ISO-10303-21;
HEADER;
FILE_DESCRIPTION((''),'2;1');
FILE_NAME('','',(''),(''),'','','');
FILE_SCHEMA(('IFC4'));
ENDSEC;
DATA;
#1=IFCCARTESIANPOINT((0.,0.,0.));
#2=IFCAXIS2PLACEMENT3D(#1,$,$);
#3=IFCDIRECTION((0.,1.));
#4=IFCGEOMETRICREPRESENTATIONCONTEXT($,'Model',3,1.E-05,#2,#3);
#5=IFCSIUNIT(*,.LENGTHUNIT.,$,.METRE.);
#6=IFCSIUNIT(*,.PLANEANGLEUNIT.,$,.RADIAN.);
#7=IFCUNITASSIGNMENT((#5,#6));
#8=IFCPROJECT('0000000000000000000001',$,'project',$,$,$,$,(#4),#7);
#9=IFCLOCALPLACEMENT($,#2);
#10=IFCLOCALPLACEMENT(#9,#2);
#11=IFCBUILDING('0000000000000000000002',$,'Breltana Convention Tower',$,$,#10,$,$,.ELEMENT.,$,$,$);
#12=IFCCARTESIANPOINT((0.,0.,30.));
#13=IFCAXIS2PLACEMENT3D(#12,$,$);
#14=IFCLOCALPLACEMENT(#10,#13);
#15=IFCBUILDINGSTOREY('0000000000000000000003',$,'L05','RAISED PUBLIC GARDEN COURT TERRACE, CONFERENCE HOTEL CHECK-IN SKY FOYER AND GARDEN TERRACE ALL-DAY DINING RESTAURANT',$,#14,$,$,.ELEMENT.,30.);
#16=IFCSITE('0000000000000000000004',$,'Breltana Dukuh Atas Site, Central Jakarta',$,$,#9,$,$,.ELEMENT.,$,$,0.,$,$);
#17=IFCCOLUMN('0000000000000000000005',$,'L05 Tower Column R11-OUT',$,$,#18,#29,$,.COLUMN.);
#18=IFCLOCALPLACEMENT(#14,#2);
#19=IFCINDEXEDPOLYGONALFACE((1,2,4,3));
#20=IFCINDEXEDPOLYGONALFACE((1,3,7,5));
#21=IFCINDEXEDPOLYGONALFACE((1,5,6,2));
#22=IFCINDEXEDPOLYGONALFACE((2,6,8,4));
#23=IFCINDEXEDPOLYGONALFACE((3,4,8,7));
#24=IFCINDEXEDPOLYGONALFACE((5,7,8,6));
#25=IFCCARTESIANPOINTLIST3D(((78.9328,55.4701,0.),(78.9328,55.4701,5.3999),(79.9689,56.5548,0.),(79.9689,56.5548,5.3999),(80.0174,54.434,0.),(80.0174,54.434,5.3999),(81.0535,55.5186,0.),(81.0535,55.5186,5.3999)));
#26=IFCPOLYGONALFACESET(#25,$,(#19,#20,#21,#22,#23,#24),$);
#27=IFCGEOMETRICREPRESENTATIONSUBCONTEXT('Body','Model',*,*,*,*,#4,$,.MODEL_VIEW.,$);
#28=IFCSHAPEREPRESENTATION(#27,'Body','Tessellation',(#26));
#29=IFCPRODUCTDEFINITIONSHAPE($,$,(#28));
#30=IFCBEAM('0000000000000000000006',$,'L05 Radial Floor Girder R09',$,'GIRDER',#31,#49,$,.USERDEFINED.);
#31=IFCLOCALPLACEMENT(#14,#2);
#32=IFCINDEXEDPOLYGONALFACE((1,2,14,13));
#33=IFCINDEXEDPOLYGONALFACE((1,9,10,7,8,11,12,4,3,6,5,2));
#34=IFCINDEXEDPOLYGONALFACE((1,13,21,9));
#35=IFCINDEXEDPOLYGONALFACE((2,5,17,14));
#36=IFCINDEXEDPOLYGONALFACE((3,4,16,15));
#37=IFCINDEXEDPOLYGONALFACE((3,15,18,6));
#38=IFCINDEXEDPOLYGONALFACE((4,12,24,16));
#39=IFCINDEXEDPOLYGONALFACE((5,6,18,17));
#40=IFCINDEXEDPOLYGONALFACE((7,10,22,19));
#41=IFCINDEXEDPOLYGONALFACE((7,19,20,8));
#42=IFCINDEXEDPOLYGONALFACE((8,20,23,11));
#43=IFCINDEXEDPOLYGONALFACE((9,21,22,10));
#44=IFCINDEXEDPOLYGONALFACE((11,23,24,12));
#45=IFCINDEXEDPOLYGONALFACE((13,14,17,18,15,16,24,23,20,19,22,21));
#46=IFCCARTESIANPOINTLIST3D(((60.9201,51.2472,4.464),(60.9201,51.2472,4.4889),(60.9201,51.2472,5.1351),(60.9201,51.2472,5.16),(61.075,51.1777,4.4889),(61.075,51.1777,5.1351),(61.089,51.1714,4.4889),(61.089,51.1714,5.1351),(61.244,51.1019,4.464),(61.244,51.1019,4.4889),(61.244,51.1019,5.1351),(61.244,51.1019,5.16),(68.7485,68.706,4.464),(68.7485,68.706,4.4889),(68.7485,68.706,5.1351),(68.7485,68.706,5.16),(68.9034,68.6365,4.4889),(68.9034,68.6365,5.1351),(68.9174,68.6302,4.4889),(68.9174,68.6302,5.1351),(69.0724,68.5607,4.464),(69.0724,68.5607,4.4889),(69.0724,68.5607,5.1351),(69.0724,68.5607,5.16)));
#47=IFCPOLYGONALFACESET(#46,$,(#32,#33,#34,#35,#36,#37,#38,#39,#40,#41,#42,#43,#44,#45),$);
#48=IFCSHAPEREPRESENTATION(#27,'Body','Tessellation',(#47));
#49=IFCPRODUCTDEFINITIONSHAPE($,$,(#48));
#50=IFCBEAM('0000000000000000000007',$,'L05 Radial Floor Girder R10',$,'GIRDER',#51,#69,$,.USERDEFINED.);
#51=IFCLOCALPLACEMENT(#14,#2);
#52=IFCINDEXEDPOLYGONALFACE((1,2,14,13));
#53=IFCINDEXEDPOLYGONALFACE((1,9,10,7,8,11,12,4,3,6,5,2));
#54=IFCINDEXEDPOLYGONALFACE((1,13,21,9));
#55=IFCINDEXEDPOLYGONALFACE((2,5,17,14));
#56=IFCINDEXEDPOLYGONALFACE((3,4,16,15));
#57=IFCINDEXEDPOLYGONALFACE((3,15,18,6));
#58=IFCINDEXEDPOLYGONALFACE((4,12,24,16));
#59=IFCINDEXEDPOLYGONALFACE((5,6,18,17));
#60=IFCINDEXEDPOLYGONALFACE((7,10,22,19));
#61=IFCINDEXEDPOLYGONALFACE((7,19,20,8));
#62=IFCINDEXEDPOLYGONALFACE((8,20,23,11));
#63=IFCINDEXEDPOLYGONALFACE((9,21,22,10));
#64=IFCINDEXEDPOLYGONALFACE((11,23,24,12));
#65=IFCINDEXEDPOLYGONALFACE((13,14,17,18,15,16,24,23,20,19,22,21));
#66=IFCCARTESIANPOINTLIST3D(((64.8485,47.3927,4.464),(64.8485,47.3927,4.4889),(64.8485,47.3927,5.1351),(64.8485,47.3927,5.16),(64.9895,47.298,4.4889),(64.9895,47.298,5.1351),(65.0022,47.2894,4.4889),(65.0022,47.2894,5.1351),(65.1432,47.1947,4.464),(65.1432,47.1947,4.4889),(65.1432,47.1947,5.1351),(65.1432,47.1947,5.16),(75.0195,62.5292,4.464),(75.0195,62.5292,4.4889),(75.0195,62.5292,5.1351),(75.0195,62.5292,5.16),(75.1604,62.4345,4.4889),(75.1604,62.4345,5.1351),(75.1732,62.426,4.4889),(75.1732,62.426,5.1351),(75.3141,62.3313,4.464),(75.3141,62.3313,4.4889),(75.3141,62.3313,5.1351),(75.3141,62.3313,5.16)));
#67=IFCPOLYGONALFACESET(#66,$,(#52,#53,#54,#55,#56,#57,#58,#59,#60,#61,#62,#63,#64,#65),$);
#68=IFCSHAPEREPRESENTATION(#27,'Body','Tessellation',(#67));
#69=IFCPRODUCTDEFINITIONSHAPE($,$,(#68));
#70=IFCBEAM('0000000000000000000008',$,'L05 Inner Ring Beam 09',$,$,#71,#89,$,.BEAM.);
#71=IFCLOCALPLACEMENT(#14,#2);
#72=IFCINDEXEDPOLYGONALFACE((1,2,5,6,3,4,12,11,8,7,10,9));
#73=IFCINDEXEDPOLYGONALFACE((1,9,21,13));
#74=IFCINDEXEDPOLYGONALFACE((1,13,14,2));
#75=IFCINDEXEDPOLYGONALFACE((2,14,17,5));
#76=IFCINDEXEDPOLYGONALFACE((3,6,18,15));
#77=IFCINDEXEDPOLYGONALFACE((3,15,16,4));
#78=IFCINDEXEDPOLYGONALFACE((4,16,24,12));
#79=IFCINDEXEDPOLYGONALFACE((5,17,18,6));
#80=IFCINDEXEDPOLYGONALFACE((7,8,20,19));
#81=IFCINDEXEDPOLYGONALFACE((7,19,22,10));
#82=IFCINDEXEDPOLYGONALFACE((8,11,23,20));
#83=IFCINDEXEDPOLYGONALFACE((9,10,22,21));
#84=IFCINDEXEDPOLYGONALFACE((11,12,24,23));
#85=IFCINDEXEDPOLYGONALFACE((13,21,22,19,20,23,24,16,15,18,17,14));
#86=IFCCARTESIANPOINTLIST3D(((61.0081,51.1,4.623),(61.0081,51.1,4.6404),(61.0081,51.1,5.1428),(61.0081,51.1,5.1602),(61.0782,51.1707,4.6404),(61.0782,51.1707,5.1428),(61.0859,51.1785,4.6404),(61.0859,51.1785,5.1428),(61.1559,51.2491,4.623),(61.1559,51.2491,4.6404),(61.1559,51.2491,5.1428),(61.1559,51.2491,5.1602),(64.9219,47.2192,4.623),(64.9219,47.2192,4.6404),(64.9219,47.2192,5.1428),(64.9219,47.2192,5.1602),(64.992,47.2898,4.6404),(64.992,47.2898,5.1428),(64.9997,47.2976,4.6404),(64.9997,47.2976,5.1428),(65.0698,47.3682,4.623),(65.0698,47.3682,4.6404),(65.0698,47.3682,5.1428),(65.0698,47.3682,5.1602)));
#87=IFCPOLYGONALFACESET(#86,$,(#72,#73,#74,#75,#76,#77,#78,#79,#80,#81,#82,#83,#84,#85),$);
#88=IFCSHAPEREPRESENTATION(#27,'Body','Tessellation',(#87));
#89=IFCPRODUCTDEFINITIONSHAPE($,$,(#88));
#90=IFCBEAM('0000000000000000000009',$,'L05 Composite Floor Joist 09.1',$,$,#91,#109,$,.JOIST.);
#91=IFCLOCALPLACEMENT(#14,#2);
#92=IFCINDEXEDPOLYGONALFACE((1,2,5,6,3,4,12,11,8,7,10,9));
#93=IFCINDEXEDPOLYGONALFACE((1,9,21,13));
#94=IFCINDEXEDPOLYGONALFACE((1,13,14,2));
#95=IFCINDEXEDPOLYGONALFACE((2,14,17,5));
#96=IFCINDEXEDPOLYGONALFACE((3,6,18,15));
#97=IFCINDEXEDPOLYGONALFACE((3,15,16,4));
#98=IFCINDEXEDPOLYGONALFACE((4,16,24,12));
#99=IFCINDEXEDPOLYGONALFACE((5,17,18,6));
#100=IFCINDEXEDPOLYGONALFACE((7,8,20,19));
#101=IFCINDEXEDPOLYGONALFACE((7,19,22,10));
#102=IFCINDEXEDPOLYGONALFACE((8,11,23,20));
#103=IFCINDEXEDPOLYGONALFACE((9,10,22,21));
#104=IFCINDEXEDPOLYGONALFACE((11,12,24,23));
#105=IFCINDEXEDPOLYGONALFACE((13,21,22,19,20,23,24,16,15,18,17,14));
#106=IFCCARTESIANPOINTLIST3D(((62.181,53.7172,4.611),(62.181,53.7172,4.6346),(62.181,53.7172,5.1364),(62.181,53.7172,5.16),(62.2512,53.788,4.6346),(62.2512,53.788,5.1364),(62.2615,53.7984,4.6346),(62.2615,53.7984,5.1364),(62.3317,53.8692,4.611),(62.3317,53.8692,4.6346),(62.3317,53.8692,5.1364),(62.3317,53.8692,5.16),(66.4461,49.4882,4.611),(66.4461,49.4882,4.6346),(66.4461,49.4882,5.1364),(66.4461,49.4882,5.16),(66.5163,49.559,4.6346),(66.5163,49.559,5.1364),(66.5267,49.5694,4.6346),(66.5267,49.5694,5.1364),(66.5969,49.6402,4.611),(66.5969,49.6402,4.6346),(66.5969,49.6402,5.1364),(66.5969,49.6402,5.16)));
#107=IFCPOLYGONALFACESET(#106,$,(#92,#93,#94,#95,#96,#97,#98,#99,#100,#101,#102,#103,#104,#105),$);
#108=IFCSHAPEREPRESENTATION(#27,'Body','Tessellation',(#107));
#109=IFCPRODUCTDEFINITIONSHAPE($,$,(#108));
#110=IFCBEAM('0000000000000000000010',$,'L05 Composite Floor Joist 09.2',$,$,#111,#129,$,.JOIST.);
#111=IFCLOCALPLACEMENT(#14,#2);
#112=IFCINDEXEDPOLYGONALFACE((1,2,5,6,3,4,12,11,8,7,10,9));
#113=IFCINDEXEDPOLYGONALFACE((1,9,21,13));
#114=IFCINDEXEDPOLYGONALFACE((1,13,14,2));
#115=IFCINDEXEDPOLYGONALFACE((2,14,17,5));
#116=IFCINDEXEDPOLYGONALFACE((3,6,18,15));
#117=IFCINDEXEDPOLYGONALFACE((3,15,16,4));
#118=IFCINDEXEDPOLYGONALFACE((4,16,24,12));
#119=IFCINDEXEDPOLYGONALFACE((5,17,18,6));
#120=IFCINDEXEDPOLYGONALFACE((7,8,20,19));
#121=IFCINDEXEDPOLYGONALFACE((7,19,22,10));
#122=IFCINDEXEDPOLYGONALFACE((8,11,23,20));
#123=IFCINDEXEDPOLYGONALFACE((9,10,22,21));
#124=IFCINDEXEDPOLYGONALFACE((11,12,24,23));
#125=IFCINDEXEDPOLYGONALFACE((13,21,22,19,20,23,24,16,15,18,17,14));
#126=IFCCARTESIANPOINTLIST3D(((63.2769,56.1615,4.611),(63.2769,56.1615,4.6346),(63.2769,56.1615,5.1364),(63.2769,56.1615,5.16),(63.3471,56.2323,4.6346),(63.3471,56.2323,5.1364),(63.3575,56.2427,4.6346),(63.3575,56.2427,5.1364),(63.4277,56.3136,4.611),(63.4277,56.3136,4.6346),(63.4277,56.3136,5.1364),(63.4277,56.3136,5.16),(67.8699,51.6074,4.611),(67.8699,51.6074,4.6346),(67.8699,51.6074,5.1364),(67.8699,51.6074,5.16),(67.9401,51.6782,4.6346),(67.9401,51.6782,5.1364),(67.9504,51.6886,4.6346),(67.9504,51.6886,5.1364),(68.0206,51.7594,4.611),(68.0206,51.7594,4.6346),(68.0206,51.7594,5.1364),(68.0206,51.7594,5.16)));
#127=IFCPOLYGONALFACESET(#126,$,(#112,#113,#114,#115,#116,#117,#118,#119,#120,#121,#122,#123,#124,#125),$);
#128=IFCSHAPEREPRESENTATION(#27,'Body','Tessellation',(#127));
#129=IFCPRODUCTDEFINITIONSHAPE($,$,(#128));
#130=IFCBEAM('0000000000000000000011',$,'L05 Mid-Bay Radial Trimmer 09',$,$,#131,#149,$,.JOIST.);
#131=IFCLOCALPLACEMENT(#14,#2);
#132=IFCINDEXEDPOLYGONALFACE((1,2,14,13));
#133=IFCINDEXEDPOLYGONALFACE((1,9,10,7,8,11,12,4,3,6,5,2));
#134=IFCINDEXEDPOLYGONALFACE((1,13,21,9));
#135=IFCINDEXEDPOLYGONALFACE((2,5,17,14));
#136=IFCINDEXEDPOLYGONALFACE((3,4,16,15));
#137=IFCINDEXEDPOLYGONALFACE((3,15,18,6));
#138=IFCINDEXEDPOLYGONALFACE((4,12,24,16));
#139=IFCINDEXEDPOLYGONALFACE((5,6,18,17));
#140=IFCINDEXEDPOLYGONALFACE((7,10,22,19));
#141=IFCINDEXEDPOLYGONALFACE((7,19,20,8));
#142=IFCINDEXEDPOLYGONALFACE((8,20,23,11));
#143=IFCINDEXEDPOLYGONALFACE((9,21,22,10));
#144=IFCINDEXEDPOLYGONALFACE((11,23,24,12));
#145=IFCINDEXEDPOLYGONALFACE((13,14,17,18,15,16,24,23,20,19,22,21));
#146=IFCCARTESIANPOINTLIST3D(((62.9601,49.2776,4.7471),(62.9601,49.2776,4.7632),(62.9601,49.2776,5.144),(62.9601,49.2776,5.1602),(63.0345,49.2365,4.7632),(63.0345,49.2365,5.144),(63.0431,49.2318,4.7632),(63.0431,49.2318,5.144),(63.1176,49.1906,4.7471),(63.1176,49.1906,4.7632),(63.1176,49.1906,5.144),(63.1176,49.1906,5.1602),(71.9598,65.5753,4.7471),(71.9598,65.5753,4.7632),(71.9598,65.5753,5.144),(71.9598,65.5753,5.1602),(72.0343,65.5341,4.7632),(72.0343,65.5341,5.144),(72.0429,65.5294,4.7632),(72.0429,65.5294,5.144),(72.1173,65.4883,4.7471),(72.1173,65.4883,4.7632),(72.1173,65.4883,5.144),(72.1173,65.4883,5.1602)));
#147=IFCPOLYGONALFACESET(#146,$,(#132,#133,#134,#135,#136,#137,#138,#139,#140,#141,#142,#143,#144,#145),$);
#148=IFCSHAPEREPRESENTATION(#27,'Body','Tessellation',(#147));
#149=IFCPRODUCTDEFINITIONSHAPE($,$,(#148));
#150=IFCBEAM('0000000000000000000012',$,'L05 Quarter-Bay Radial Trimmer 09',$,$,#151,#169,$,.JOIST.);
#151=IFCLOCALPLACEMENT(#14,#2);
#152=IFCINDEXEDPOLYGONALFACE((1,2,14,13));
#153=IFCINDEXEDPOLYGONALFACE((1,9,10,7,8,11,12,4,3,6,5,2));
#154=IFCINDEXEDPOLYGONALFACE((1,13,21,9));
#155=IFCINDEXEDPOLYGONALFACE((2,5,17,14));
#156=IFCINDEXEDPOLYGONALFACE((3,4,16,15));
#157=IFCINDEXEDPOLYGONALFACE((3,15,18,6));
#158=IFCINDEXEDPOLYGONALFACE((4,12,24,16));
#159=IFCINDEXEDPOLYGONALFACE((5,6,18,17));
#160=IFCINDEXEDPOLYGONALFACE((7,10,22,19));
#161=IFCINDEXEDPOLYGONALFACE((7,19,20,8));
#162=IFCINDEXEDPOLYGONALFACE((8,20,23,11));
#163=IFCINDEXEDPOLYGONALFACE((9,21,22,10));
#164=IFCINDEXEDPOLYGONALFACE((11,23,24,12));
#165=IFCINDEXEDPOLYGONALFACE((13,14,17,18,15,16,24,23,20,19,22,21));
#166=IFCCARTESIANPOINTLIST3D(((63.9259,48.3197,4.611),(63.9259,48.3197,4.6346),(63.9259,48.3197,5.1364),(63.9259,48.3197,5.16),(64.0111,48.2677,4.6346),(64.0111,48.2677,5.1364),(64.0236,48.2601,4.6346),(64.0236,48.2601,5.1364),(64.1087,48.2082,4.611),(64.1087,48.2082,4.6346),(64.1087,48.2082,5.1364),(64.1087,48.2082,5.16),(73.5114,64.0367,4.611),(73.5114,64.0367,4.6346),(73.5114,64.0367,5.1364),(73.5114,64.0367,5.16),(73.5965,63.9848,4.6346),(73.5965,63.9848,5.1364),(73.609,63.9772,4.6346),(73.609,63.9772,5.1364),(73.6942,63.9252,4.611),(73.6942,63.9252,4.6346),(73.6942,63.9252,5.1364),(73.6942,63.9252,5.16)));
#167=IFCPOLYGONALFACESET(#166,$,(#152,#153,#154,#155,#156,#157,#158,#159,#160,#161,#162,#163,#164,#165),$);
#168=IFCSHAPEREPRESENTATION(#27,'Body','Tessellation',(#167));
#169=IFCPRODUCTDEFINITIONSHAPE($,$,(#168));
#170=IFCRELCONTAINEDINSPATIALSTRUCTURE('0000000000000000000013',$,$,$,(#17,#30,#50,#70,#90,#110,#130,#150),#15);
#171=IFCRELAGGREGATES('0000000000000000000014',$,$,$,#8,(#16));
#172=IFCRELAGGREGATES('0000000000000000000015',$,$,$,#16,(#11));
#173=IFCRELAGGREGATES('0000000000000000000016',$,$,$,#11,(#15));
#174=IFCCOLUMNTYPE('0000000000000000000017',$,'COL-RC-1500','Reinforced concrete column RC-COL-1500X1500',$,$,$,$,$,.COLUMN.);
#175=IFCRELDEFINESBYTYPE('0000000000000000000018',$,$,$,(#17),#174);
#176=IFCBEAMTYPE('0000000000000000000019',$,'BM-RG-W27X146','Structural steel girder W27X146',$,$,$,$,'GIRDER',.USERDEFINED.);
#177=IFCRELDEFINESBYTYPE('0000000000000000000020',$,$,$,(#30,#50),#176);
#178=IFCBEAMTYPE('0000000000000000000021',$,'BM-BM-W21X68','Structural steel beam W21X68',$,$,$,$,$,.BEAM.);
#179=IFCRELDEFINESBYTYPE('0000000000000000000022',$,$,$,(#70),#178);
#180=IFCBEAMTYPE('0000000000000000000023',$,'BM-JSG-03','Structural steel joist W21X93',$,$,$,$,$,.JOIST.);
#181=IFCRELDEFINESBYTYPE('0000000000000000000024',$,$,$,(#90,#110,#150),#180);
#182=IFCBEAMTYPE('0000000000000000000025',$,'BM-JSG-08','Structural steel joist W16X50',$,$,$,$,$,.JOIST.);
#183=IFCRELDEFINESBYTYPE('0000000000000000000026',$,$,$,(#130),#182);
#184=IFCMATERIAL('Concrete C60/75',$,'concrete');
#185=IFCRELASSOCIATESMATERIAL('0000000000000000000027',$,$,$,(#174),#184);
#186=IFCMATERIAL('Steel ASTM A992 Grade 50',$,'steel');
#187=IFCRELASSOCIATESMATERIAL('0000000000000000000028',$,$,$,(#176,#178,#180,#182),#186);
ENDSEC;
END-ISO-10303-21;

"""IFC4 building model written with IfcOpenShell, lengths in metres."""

from ifc_helpers import new_model, si_unit, direction, frame, origin, origin_2d, place, context, subcontext, project, spatial, rectangle, i_section, extrude, source, transform, mapped, material, material_profile, profile_set, type_object, type_shapes, element, save


model = new_model("IFC4")

# Units and contexts
model_context = context("Model", 3, precision=1e-05, world=origin(), true_north=direction((0.0, 1.0)))
body_context = subcontext(model_context, "Body", "Model", "MODEL_VIEW")
ifc_project = project(units=[si_unit("LENGTHUNIT", "METRE"), si_unit("PLANEANGLEUNIT", "RADIAN")], contexts=[model_context])

# Site, building, storey
site_placement = place(None, origin())
site = spatial("IfcSite", under=ifc_project, at=site_placement, Name="Breltana Dukuh Atas Site, Central Jakarta", CompositionType="ELEMENT", RefElevation=0.0)
building_placement = place(site_placement, origin())
building = spatial("IfcBuilding", under=site, at=building_placement, Name="Breltana Convention Tower", CompositionType="ELEMENT")
storey_placement = place(building_placement, frame((0.0, 0.0, 30.0)))
storey = spatial("IfcBuildingStorey", under=building, at=storey_placement, Name="L05", Description="RAISED PUBLIC GARDEN COURT TERRACE, CONFERENCE HOTEL CHECK-IN SKY FOYER AND GARDEN TERRACE ALL-DAY DINING RESTAURANT", CompositionType="ELEMENT", Elevation=30.0)

# Column
ifc_material_1 = material(Name="Concrete C60/75", Category="concrete")
ifc_material_profile_1 = material_profile(ifc_material_1, rectangle(XDim=1.5, YDim=1.5, at=origin_2d()), Name="RC-COL-1500X1500")
ifc_profile_set_1 = profile_set([ifc_material_profile_1], Name="Concrete C60/75")
column_type_1 = type_object("IfcColumnType", Name="COL-RC-1500", Description="Reinforced concrete column RC-COL-1500X1500", PredefinedType="COLUMN", material=ifc_profile_set_1)
shared_shape_1 = source(origin(), body_context, "Body", "SweptSolid", [
    extrude(rectangle(XDim=1.5, YDim=1.5, at=origin_2d()), origin(), (0.0, 0.0, 1.0), 5.3999),
])
type_shapes(column_type_1, [shared_shape_1])
column_placement = place(storey_placement, frame((79.9932, 55.4944, 0.0), z_axis=(0.0, 0.0, 1.0), x_axis=(0.690756, 0.723088, 0.0)))
element("IfcColumn", 1, at=column_placement, inside=storey, type_object=column_type_1, Name="L05 Tower Column R11-OUT", PredefinedType="COLUMN", context=body_context, shape_type="MappedRepresentation", body=[
    mapped(shared_shape_1, transform((0.0, 0.0, 0.0), scale=1.0)),
])

# Beams
ifc_material_2 = material(Name="Steel ASTM A992 Grade 50", Category="steel")
ifc_material_profile_2 = material_profile(ifc_material_2, i_section(OverallWidth=0.355, OverallDepth=0.696, WebThickness=0.0154, FlangeThickness=0.0249, at=origin_2d()), Name="W27X146")
ifc_profile_set_2 = profile_set([ifc_material_profile_2], Name="Steel ASTM A992 Grade 50")
beam_type_1 = type_object("IfcBeamType", Name="BM-RG-W27X146", Description="Structural steel girder W27X146", ElementType="GIRDER", PredefinedType="USERDEFINED", material=ifc_profile_set_2)
shared_shape_2 = source(origin(), body_context, "Body", "SweptSolid", [
    extrude(i_section(OverallWidth=0.355, OverallDepth=0.696, WebThickness=0.0154, FlangeThickness=0.0249, at=origin_2d()), origin(), (0.0, 0.0, 1.0), 19.1335),
])
beam_1_placement = place(storey_placement, frame((61.082, 51.1746, 4.812), z_axis=(0.409145, 0.91247, 0.0), x_axis=(-0.91247, 0.409145, 0.0)))
element("IfcBeam", 2, at=beam_1_placement, inside=storey, type_object=beam_type_1, Name="L05 Radial Floor Girder R09", ObjectType="GIRDER", PredefinedType="USERDEFINED", context=body_context, shape_type="MappedRepresentation", body=[
    mapped(shared_shape_2, transform((0.0, 0.0, 0.0), scale=1.0)),
])
shared_shape_3 = source(origin(), body_context, "Body", "SweptSolid", [
    extrude(i_section(OverallWidth=0.355, OverallDepth=0.696, WebThickness=0.0154, FlangeThickness=0.0249, at=origin_2d()), origin(), (0.0, 0.0, 1.0), 18.2363),
])
beam_2_placement = place(storey_placement, frame((64.9958, 47.2937, 4.812), z_axis=(0.55773, 0.830022, 0.0), x_axis=(-0.830022, 0.55773, 0.0)))
element("IfcBeam", 3, at=beam_2_placement, inside=storey, type_object=beam_type_1, Name="L05 Radial Floor Girder R10", ObjectType="GIRDER", PredefinedType="USERDEFINED", context=body_context, shape_type="MappedRepresentation", body=[
    mapped(shared_shape_3, transform((0.0, 0.0, 0.0), scale=1.0)),
])
ifc_material_profile_3 = material_profile(ifc_material_2, i_section(OverallWidth=0.21, OverallDepth=0.5371, WebThickness=0.011, FlangeThickness=0.0173, at=origin_2d()), Name="W21X68")
ifc_profile_set_3 = profile_set([ifc_material_profile_3], Name="Steel ASTM A992 Grade 50")
beam_type_2 = type_object("IfcBeamType", Name="BM-BM-W21X68", Description="Structural steel beam W21X68", PredefinedType="BEAM", material=ifc_profile_set_3)
shared_shape_4 = source(origin(), body_context, "Body", "SweptSolid", [
    extrude(i_section(OverallWidth=0.21, OverallDepth=0.5371, WebThickness=0.011, FlangeThickness=0.0173, at=origin_2d()), origin(), (0.0, 0.0, 1.0), 5.5117),
])
beam_3_placement = place(storey_placement, frame((61.082, 51.1746, 4.8916), z_axis=(0.71009, -0.704111, 0.0), x_axis=(0.704111, 0.71009, 0.0)))
element("IfcBeam", 4, at=beam_3_placement, inside=storey, type_object=beam_type_2, Name="L05 Inner Ring Beam 09", PredefinedType="BEAM", context=body_context, shape_type="MappedRepresentation", body=[
    mapped(shared_shape_4, transform((0.0, 0.0, 0.0), scale=1.0)),
])
ifc_material_profile_4 = material_profile(ifc_material_2, i_section(OverallWidth=0.2141, OverallDepth=0.5491, WebThickness=0.0146, FlangeThickness=0.0237, at=origin_2d()), Name="W21X93")
ifc_profile_set_4 = profile_set([ifc_material_profile_4], Name="Steel ASTM A992 Grade 50")
beam_type_3 = type_object("IfcBeamType", Name="BM-JSG-03", Description="Structural steel joist W21X93", PredefinedType="JOIST", material=ifc_profile_set_4)
shared_shape_5 = source(origin(), body_context, "Body", "SweptSolid", [
    extrude(i_section(OverallWidth=0.2141, OverallDepth=0.5491, WebThickness=0.0146, FlangeThickness=0.0237, at=origin_2d()), origin(), (0.0, 0.0, 1.0), 6.0063),
])
beam_4_placement = place(storey_placement, frame((62.2563, 53.7932, 4.8855), z_axis=(0.710108, -0.704092, 0.0), x_axis=(0.704092, 0.710108, 0.0)))
element("IfcBeam", 5, at=beam_4_placement, inside=storey, type_object=beam_type_3, Name="L05 Composite Floor Joist 09.1", PredefinedType="JOIST", context=body_context, shape_type="MappedRepresentation", body=[
    mapped(shared_shape_5, transform((0.0, 0.0, 0.0), scale=1.0)),
])
shared_shape_6 = source(origin(), body_context, "Body", "SweptSolid", [
    extrude(i_section(OverallWidth=0.2141, OverallDepth=0.5491, WebThickness=0.0146, FlangeThickness=0.0237, at=origin_2d()), origin(), (0.0, 0.0, 1.0), 6.468),
])
beam_5_placement = place(storey_placement, frame((63.3523, 56.2375, 4.8855), z_axis=(0.710101, -0.7041, 0.0), x_axis=(0.7041, 0.710101, 0.0)))
element("IfcBeam", 6, at=beam_5_placement, inside=storey, type_object=beam_type_3, Name="L05 Composite Floor Joist 09.2", PredefinedType="JOIST", context=body_context, shape_type="MappedRepresentation", body=[
    mapped(shared_shape_6, transform((0.0, 0.0, 0.0), scale=1.0)),
])
ifc_material_profile_5 = material_profile(ifc_material_2, i_section(OverallWidth=0.1799, OverallDepth=0.4131, WebThickness=0.0098, FlangeThickness=0.0161, at=origin_2d()), Name="W16X50")
ifc_profile_set_5 = profile_set([ifc_material_profile_5], Name="Steel ASTM A992 Grade 50")
beam_type_4 = type_object("IfcBeamType", Name="BM-JSG-08", Description="Structural steel joist W16X50", PredefinedType="JOIST", material=ifc_profile_set_5)
shared_shape_7 = source(origin(), body_context, "Body", "SweptSolid", [
    extrude(i_section(OverallWidth=0.1799, OverallDepth=0.4131, WebThickness=0.0098, FlangeThickness=0.0161, at=origin_2d()), origin(), (0.0, 0.0, 1.0), 18.6174),
])
beam_6_placement = place(storey_placement, frame((63.0388, 49.2341, 4.9536), z_axis=(0.483406, 0.875396, 0.0), x_axis=(-0.875396, 0.483406, 0.0)))
element("IfcBeam", 7, at=beam_6_placement, inside=storey, type_object=beam_type_4, Name="L05 Mid-Bay Radial Trimmer 09", PredefinedType="JOIST", context=body_context, shape_type="MappedRepresentation", body=[
    mapped(shared_shape_7, transform((0.0, 0.0, 0.0), scale=1.0)),
])
shared_shape_8 = source(origin(), body_context, "Body", "SweptSolid", [
    extrude(i_section(OverallWidth=0.2141, OverallDepth=0.5491, WebThickness=0.0146, FlangeThickness=0.0237, at=origin_2d()), origin(), (0.0, 0.0, 1.0), 18.4094),
])
beam_7_placement = place(storey_placement, frame((64.0173, 48.2639, 4.8855), z_axis=(0.520682, 0.853751, 0.0), x_axis=(-0.853751, 0.520682, 0.0)))
element("IfcBeam", 8, at=beam_7_placement, inside=storey, type_object=beam_type_3, Name="L05 Quarter-Bay Radial Trimmer 09", PredefinedType="JOIST", context=body_context, shape_type="MappedRepresentation", body=[
    mapped(shared_shape_8, transform((0.0, 0.0, 0.0), scale=1.0)),
])

save(model, "model.ifc")
